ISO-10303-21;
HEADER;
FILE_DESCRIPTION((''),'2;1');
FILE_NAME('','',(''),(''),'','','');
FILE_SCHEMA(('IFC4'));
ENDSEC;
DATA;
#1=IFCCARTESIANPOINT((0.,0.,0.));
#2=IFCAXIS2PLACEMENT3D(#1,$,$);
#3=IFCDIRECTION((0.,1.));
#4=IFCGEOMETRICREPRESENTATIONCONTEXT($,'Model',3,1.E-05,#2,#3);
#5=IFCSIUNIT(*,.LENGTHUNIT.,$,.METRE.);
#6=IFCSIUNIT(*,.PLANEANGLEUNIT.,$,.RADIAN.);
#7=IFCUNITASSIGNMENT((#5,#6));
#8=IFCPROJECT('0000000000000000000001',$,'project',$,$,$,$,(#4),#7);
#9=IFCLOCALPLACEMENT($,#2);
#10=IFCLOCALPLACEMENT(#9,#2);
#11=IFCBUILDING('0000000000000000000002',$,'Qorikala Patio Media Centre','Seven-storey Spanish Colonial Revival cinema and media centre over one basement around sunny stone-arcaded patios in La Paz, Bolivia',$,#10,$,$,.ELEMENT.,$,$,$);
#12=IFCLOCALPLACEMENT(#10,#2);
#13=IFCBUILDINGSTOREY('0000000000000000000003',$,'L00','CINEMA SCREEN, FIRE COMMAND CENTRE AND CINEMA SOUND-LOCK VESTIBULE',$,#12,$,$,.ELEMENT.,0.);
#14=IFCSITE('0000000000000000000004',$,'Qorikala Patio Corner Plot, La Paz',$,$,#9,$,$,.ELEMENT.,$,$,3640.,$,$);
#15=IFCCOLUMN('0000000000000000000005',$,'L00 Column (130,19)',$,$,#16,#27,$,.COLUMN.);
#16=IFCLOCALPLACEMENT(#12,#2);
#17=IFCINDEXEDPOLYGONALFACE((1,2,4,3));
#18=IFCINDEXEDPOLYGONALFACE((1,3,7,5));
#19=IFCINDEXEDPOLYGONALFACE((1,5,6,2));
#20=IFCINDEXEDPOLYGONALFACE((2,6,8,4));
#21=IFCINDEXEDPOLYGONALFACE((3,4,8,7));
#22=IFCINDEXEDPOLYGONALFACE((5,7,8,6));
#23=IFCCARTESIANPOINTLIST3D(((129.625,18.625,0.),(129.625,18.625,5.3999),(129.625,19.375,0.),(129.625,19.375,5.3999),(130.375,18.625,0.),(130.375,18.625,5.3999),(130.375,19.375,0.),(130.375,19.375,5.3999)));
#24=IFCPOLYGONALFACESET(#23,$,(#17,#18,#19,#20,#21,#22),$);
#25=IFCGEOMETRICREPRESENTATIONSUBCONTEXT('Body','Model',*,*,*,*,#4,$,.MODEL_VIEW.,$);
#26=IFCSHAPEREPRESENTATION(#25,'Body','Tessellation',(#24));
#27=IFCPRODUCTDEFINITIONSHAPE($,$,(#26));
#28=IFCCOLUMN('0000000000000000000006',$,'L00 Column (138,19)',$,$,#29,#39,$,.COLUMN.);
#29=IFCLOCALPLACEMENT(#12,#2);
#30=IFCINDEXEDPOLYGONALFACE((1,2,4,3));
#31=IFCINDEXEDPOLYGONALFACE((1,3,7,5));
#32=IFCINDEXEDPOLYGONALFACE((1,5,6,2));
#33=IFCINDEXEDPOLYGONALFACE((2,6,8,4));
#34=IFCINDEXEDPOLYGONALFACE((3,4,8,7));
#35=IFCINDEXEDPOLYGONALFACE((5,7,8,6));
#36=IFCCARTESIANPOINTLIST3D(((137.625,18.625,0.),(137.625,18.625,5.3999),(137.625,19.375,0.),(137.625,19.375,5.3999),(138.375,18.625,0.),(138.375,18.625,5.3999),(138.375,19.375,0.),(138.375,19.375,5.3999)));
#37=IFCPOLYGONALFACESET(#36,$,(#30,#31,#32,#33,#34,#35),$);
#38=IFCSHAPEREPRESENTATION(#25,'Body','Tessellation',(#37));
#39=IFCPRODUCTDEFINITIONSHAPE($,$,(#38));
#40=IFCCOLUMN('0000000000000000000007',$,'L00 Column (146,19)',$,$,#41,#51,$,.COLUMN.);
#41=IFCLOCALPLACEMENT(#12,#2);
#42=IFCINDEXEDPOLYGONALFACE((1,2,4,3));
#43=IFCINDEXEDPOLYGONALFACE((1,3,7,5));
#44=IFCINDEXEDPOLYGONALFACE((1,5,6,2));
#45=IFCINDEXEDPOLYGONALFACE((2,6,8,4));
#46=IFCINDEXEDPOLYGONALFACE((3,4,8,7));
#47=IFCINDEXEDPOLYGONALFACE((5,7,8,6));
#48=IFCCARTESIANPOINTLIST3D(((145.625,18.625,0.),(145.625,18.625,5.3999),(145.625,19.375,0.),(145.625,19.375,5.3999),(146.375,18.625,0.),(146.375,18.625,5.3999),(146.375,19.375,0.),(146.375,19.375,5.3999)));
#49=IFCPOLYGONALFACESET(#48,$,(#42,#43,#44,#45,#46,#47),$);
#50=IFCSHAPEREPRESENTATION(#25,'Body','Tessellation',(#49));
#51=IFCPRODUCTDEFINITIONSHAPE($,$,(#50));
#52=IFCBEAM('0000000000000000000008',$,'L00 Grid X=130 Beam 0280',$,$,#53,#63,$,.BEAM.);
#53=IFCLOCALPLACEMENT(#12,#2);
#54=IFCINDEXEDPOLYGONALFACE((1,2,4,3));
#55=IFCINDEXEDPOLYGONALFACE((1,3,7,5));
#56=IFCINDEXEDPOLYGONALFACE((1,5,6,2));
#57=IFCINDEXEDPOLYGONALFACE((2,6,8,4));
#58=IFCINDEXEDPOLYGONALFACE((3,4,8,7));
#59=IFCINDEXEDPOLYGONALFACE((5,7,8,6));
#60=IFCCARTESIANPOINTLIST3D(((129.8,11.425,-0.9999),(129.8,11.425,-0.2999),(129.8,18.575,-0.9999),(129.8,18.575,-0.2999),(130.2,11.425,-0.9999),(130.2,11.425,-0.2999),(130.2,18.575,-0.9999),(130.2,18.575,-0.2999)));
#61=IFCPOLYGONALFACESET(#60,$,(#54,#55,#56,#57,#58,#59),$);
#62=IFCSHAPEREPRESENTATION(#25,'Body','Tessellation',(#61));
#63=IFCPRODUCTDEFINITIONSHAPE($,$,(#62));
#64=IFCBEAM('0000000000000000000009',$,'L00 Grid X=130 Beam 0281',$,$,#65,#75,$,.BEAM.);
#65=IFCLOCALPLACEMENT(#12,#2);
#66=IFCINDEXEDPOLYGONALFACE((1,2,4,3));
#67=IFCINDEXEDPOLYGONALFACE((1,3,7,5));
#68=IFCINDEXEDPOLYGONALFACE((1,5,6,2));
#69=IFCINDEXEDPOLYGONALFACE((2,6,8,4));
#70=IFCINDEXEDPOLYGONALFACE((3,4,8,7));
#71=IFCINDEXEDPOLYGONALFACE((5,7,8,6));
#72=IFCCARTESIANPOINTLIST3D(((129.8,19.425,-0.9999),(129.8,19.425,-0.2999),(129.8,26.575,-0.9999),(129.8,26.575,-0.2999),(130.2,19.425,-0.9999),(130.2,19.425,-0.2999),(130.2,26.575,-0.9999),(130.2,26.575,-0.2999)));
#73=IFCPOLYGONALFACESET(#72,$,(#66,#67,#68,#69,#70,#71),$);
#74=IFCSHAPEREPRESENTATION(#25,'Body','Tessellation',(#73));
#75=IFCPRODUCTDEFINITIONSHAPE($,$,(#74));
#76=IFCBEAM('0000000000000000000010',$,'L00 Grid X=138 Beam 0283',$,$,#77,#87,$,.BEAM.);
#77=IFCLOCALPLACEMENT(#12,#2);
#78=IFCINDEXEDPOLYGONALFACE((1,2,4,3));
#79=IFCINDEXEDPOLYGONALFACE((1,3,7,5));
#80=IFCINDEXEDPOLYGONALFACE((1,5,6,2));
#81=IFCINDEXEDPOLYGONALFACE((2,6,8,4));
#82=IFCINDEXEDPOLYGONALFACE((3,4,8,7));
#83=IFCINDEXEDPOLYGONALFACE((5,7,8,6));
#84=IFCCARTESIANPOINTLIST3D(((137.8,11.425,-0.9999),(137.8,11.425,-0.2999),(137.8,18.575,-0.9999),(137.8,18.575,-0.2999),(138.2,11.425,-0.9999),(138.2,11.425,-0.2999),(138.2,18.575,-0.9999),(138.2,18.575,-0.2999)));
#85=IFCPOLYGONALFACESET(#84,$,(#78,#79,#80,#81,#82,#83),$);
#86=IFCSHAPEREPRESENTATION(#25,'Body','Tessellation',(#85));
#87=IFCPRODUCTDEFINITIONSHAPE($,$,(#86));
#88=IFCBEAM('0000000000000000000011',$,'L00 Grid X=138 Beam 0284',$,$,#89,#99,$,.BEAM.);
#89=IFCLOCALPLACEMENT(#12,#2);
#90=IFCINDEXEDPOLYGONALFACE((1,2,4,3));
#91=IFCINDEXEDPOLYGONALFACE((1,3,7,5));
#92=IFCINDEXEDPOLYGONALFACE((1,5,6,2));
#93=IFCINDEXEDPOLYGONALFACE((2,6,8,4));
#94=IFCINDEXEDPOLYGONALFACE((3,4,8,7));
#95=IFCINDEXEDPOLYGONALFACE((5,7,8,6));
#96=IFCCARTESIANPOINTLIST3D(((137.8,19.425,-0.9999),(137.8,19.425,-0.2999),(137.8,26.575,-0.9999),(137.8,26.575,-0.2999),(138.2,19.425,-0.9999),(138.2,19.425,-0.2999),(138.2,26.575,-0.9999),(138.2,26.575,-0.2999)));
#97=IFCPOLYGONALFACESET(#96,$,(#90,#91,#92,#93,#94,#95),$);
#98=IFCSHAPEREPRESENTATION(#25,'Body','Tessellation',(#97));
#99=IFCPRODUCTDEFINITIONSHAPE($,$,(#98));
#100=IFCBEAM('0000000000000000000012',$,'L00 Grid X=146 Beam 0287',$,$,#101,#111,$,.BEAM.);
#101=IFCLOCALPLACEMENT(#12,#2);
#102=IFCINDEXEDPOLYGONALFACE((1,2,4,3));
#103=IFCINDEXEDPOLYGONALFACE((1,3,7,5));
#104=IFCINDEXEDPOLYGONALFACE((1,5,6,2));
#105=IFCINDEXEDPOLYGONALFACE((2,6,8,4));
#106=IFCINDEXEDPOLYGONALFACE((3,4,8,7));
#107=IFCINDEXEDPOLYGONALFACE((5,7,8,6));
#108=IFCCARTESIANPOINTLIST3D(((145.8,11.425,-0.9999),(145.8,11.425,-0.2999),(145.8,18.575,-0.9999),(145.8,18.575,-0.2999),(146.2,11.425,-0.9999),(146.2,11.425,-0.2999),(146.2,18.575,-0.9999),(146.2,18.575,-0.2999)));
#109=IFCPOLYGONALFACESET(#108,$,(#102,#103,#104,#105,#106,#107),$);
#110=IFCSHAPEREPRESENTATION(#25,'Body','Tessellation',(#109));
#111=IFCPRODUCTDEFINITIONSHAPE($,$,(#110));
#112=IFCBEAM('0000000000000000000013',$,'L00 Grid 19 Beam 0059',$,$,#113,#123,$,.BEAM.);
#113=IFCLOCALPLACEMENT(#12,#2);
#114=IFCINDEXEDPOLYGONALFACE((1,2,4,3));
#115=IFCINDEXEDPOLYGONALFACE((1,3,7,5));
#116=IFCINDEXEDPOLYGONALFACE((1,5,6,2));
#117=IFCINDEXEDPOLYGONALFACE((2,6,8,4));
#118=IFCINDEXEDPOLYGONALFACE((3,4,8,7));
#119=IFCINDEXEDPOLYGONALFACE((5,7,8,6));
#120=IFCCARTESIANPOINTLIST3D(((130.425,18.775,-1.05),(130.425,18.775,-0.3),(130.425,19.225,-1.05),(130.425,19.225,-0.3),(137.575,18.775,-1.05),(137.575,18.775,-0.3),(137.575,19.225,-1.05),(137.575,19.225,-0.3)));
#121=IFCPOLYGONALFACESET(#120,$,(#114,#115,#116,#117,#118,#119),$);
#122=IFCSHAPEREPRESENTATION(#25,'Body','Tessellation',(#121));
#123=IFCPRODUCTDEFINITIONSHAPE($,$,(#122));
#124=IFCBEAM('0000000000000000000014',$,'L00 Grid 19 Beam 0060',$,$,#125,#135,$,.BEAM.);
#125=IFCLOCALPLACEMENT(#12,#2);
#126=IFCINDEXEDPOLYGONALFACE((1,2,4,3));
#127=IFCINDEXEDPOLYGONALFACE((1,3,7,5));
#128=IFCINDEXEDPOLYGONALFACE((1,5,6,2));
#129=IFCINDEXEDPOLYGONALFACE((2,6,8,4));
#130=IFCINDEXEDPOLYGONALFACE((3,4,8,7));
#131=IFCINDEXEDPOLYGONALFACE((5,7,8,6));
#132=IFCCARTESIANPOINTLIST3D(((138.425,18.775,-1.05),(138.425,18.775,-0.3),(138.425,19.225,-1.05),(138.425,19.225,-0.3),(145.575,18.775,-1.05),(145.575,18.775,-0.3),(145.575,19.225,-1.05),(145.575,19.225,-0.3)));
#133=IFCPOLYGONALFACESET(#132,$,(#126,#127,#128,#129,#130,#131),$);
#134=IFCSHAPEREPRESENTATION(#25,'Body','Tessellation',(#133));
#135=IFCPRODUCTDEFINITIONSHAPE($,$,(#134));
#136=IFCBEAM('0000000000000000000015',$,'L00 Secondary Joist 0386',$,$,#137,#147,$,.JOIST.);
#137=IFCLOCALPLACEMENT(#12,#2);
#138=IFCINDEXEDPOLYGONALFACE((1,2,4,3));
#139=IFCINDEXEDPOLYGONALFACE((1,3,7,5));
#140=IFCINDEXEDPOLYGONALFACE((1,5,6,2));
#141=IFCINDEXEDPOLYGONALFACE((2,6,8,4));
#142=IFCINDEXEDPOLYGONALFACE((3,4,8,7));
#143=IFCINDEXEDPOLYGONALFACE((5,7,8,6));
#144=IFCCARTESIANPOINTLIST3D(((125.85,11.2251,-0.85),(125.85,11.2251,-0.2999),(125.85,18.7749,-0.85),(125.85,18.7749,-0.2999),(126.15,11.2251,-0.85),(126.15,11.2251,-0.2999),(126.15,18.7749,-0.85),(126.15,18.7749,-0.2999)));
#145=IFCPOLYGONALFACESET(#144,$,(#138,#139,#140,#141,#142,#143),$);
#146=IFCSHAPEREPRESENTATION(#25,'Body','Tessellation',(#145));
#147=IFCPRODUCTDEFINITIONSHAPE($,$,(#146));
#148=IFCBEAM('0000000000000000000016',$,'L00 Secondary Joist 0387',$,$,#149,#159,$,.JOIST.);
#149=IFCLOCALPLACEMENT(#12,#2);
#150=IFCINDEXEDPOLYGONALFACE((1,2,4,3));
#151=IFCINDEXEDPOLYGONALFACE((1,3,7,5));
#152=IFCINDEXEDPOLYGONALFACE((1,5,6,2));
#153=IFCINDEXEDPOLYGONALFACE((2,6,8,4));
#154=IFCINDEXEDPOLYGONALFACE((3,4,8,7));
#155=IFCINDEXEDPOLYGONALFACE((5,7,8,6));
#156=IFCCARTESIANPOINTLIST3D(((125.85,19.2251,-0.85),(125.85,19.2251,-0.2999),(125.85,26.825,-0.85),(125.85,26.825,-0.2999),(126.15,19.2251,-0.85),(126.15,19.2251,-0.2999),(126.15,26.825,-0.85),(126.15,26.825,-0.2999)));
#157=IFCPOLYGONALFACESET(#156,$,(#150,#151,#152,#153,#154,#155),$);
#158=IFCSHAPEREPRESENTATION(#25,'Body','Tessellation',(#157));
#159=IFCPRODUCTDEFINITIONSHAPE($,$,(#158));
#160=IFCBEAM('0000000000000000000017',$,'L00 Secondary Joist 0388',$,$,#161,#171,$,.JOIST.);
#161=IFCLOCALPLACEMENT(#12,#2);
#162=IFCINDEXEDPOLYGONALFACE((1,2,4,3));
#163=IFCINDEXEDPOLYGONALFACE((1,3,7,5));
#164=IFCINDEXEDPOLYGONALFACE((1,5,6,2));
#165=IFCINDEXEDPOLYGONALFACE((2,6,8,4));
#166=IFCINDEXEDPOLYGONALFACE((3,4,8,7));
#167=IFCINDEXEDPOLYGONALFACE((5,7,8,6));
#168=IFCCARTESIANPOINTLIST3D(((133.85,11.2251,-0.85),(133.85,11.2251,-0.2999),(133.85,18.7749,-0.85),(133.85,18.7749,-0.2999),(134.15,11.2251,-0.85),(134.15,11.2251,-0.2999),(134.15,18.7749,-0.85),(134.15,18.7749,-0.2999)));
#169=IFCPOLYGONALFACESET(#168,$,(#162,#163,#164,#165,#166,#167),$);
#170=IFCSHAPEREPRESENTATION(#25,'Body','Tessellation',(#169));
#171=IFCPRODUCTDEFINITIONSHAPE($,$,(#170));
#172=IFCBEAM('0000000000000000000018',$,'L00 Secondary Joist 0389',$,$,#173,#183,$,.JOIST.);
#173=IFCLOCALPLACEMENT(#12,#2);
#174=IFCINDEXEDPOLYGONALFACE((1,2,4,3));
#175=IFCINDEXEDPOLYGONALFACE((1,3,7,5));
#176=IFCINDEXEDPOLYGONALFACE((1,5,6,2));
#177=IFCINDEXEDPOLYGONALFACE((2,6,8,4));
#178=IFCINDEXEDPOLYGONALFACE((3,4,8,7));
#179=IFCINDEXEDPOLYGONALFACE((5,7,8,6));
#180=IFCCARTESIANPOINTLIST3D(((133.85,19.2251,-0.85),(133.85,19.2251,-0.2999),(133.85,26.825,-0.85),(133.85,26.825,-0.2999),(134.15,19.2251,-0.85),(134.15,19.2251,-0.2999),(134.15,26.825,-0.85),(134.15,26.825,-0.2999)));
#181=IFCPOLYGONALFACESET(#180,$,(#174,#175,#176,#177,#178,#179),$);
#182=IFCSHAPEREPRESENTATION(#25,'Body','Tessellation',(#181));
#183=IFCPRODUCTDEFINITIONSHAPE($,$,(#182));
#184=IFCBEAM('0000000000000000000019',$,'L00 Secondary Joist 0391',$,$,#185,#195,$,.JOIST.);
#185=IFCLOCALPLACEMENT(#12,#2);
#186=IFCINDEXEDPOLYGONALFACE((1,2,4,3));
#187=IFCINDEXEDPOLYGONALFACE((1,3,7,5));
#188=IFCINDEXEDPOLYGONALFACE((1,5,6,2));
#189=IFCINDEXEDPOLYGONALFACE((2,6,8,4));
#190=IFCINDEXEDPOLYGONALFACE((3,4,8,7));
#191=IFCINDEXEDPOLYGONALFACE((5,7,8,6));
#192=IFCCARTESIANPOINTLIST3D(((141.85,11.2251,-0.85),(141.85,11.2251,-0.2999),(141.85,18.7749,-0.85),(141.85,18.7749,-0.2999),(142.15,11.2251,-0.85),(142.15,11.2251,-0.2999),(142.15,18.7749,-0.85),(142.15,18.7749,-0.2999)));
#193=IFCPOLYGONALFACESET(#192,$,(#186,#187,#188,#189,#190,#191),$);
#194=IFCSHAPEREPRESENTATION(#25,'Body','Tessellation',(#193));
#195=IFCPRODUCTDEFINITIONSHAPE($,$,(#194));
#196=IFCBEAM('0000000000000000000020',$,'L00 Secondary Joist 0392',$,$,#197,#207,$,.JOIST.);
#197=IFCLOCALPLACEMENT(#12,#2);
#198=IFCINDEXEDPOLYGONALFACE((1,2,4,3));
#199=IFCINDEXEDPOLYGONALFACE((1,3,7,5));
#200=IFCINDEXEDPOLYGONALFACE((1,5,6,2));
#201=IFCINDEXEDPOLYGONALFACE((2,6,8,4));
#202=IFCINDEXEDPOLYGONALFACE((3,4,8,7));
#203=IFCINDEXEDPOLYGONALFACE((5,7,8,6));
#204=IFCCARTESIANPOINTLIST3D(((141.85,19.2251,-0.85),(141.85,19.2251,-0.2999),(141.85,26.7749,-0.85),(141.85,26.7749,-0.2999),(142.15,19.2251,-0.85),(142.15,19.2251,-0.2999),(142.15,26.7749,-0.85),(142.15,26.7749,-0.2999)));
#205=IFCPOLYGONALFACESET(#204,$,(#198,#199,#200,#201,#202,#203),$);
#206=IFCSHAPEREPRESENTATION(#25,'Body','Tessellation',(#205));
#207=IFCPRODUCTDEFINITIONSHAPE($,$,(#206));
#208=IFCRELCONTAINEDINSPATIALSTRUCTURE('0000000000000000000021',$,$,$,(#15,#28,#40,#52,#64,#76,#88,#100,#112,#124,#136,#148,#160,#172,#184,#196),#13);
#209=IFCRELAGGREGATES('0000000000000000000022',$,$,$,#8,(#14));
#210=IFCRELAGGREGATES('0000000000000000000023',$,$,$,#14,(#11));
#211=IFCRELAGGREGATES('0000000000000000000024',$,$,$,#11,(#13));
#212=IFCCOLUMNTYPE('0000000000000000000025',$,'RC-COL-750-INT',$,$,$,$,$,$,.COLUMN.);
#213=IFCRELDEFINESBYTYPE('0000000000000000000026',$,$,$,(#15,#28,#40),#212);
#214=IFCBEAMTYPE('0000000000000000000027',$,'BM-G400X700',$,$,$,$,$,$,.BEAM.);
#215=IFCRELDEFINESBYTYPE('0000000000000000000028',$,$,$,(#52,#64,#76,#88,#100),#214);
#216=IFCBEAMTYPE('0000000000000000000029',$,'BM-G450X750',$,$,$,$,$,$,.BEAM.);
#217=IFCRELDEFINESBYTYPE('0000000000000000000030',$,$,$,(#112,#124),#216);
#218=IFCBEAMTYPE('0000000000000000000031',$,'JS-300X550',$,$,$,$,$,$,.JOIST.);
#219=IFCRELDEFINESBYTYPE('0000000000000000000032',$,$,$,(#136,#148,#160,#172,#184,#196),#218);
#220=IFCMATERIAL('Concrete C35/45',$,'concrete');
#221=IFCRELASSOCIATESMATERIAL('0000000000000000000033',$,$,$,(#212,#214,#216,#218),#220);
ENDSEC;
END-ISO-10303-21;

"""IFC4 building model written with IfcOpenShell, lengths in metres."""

from ifc_helpers import new_model, si_unit, direction, frame, origin, origin_2d, place, context, subcontext, project, spatial, rectangle, extrude, material, material_profile, profile_set, type_object, element, save


model = new_model("IFC4")

# Units and contexts
model_context = context("Model", 3, precision=1e-05, world=origin(), true_north=direction((0.0, 1.0)))
body_context = subcontext(model_context, "Body", "Model", "MODEL_VIEW")
ifc_project = project(units=[si_unit("LENGTHUNIT", "METRE"), si_unit("PLANEANGLEUNIT", "RADIAN")], contexts=[model_context])

# Site, building, storey
site_placement = place(None, origin())
site = spatial("IfcSite", under=ifc_project, at=site_placement, Name="Qorikala Patio Corner Plot, La Paz", CompositionType="ELEMENT", RefElevation=3640.0)
building_placement = place(site_placement, origin())
building = spatial("IfcBuilding", under=site, at=building_placement, Name="Qorikala Patio Media Centre", Description="Seven-storey Spanish Colonial Revival cinema and media centre over one basement around sunny stone-arcaded patios in La Paz, Bolivia", CompositionType="ELEMENT")
storey_placement = place(building_placement, origin())
storey = spatial("IfcBuildingStorey", under=building, at=storey_placement, Name="L00", Description="CINEMA SCREEN, FIRE COMMAND CENTRE AND CINEMA SOUND-LOCK VESTIBULE", CompositionType="ELEMENT", Elevation=0.0)

# Columns
ifc_material_1 = material(Name="Concrete C35/45", Category="concrete")
ifc_material_profile_1 = material_profile(ifc_material_1, rectangle(XDim=0.75, YDim=0.75, at=origin_2d()), Name="RC 750x750")
ifc_profile_set_1 = profile_set([ifc_material_profile_1], Name="Concrete C35/45")
column_type = type_object("IfcColumnType", Name="RC-COL-750-INT", PredefinedType="COLUMN", material=ifc_profile_set_1)
for number, where, z_axis, x_axis, name in (
    (1, (130.0, 19.0, 0.0), (0.0, 0.0, 1.0), (1.0, 0.0, 0.0), "L00 Column (130,19)"),
    (2, (138.0, 19.0, 0.0), (0.0, 0.0, 1.0), (1.0, 0.0, 0.0), "L00 Column (138,19)"),
    (3, (146.0, 19.0, 0.0), (0.0, 0.0, 1.0), (1.0, 0.0, 0.0), "L00 Column (146,19)"),
):
    element("IfcColumn", number, at=place(storey_placement, frame(where, z_axis=z_axis, x_axis=x_axis)), inside=storey, type_object=column_type, Name=name, PredefinedType="COLUMN", context=body_context, shape_type="SweptSolid", body=[
        extrude(rectangle(XDim=0.75, YDim=0.75, at=origin_2d()), origin(), (0.0, 0.0, 1.0), 5.3999),
    ])

# Beams
ifc_material_profile_2 = material_profile(ifc_material_1, rectangle(XDim=0.3999, YDim=0.7, at=origin_2d()), Name="RC 400x700")
ifc_profile_set_2 = profile_set([ifc_material_profile_2], Name="Concrete C35/45")
beam_type_1 = type_object("IfcBeamType", Name="BM-G400X700", PredefinedType="BEAM", material=ifc_profile_set_2)
for number, where, z_axis, x_axis, name in (
    (4, (130.0, 11.425, -0.6499), (0.0, 1.0, 0.0), (-1.0, 0.0, 0.0), "L00 Grid X=130 Beam 0280"),
    (5, (130.0, 19.425, -0.6499), (0.0, 1.0, 0.0), (-1.0, 0.0, 0.0), "L00 Grid X=130 Beam 0281"),
    (6, (138.0, 11.425, -0.6499), (0.0, 1.0, 0.0), (-1.0, 0.0, 0.0), "L00 Grid X=138 Beam 0283"),
    (7, (138.0, 19.425, -0.6499), (0.0, 1.0, 0.0), (-1.0, 0.0, 0.0), "L00 Grid X=138 Beam 0284"),
    (8, (146.0, 11.425, -0.6499), (0.0, 1.0, 0.0), (-1.0, 0.0, 0.0), "L00 Grid X=146 Beam 0287"),
):
    element("IfcBeam", number, at=place(storey_placement, frame(where, z_axis=z_axis, x_axis=x_axis)), inside=storey, type_object=beam_type_1, Name=name, PredefinedType="BEAM", context=body_context, shape_type="SweptSolid", body=[
        extrude(rectangle(XDim=0.3999, YDim=0.7, at=origin_2d()), origin(), (0.0, 0.0, 1.0), 7.1499),
    ])
ifc_material_profile_3 = material_profile(ifc_material_1, rectangle(XDim=0.45, YDim=0.75, at=origin_2d()), Name="RC 450x750")
ifc_profile_set_3 = profile_set([ifc_material_profile_3], Name="Concrete C35/45")
beam_type_2 = type_object("IfcBeamType", Name="BM-G450X750", PredefinedType="BEAM", material=ifc_profile_set_3)
for number, where, z_axis, x_axis, name in (
    (9, (130.425, 19.0, -0.675), (1.0, 0.0, 0.0), (0.0, 1.0, 0.0), "L00 Grid 19 Beam 0059"),
    (10, (138.425, 19.0, -0.675), (1.0, 0.0, 0.0), (0.0, 1.0, 0.0), "L00 Grid 19 Beam 0060"),
):
    element("IfcBeam", number, at=place(storey_placement, frame(where, z_axis=z_axis, x_axis=x_axis)), inside=storey, type_object=beam_type_2, Name=name, PredefinedType="BEAM", context=body_context, shape_type="SweptSolid", body=[
        extrude(rectangle(XDim=0.45, YDim=0.75, at=origin_2d()), origin(), (0.0, 0.0, 1.0), 7.1499),
    ])
ifc_material_profile_4 = material_profile(ifc_material_1, rectangle(XDim=0.3, YDim=0.55, at=origin_2d()), Name="RC 300x550")
ifc_profile_set_4 = profile_set([ifc_material_profile_4], Name="Concrete C35/45")
beam_type_3 = type_object("IfcBeamType", Name="JS-300X550", PredefinedType="JOIST", material=ifc_profile_set_4)
beam_1_placement = place(storey_placement, frame((126.0, 11.2251, -0.575), z_axis=(0.0, 1.0, 0.0), x_axis=(-1.0, 0.0, 0.0)))
element("IfcBeam", 11, at=beam_1_placement, inside=storey, type_object=beam_type_3, Name="L00 Secondary Joist 0386", PredefinedType="JOIST", context=body_context, shape_type="SweptSolid", body=[
    extrude(rectangle(XDim=0.3, YDim=0.55, at=origin_2d()), origin(), (0.0, 0.0, 1.0), 7.5498),
])
beam_2_placement = place(storey_placement, frame((126.0, 19.2251, -0.575), z_axis=(0.0, 1.0, 0.0), x_axis=(-1.0, 0.0, 0.0)))
element("IfcBeam", 12, at=beam_2_placement, inside=storey, type_object=beam_type_3, Name="L00 Secondary Joist 0387", PredefinedType="JOIST", context=body_context, shape_type="SweptSolid", body=[
    extrude(rectangle(XDim=0.3, YDim=0.55, at=origin_2d()), origin(), (0.0, 0.0, 1.0), 7.5999),
])
beam_3_placement = place(storey_placement, frame((134.0, 11.2251, -0.575), z_axis=(0.0, 1.0, 0.0), x_axis=(-1.0, 0.0, 0.0)))
element("IfcBeam", 13, at=beam_3_placement, inside=storey, type_object=beam_type_3, Name="L00 Secondary Joist 0388", PredefinedType="JOIST", context=body_context, shape_type="SweptSolid", body=[
    extrude(rectangle(XDim=0.3, YDim=0.55, at=origin_2d()), origin(), (0.0, 0.0, 1.0), 7.5498),
])
beam_4_placement = place(storey_placement, frame((134.0, 19.2251, -0.575), z_axis=(0.0, 1.0, 0.0), x_axis=(-1.0, 0.0, 0.0)))
element("IfcBeam", 14, at=beam_4_placement, inside=storey, type_object=beam_type_3, Name="L00 Secondary Joist 0389", PredefinedType="JOIST", context=body_context, shape_type="SweptSolid", body=[
    extrude(rectangle(XDim=0.3, YDim=0.55, at=origin_2d()), origin(), (0.0, 0.0, 1.0), 7.5999),
])
for number, where, z_axis, x_axis, name in (
    (15, (142.0, 11.2251, -0.575), (0.0, 1.0, 0.0), (-1.0, 0.0, 0.0), "L00 Secondary Joist 0391"),
    (16, (142.0, 19.2251, -0.575), (0.0, 1.0, 0.0), (-1.0, 0.0, 0.0), "L00 Secondary Joist 0392"),
):
    element("IfcBeam", number, at=place(storey_placement, frame(where, z_axis=z_axis, x_axis=x_axis)), inside=storey, type_object=beam_type_3, Name=name, PredefinedType="JOIST", context=body_context, shape_type="SweptSolid", body=[
        extrude(rectangle(XDim=0.3, YDim=0.55, at=origin_2d()), origin(), (0.0, 0.0, 1.0), 7.5498),
    ])

save(model, "model.ifc")
